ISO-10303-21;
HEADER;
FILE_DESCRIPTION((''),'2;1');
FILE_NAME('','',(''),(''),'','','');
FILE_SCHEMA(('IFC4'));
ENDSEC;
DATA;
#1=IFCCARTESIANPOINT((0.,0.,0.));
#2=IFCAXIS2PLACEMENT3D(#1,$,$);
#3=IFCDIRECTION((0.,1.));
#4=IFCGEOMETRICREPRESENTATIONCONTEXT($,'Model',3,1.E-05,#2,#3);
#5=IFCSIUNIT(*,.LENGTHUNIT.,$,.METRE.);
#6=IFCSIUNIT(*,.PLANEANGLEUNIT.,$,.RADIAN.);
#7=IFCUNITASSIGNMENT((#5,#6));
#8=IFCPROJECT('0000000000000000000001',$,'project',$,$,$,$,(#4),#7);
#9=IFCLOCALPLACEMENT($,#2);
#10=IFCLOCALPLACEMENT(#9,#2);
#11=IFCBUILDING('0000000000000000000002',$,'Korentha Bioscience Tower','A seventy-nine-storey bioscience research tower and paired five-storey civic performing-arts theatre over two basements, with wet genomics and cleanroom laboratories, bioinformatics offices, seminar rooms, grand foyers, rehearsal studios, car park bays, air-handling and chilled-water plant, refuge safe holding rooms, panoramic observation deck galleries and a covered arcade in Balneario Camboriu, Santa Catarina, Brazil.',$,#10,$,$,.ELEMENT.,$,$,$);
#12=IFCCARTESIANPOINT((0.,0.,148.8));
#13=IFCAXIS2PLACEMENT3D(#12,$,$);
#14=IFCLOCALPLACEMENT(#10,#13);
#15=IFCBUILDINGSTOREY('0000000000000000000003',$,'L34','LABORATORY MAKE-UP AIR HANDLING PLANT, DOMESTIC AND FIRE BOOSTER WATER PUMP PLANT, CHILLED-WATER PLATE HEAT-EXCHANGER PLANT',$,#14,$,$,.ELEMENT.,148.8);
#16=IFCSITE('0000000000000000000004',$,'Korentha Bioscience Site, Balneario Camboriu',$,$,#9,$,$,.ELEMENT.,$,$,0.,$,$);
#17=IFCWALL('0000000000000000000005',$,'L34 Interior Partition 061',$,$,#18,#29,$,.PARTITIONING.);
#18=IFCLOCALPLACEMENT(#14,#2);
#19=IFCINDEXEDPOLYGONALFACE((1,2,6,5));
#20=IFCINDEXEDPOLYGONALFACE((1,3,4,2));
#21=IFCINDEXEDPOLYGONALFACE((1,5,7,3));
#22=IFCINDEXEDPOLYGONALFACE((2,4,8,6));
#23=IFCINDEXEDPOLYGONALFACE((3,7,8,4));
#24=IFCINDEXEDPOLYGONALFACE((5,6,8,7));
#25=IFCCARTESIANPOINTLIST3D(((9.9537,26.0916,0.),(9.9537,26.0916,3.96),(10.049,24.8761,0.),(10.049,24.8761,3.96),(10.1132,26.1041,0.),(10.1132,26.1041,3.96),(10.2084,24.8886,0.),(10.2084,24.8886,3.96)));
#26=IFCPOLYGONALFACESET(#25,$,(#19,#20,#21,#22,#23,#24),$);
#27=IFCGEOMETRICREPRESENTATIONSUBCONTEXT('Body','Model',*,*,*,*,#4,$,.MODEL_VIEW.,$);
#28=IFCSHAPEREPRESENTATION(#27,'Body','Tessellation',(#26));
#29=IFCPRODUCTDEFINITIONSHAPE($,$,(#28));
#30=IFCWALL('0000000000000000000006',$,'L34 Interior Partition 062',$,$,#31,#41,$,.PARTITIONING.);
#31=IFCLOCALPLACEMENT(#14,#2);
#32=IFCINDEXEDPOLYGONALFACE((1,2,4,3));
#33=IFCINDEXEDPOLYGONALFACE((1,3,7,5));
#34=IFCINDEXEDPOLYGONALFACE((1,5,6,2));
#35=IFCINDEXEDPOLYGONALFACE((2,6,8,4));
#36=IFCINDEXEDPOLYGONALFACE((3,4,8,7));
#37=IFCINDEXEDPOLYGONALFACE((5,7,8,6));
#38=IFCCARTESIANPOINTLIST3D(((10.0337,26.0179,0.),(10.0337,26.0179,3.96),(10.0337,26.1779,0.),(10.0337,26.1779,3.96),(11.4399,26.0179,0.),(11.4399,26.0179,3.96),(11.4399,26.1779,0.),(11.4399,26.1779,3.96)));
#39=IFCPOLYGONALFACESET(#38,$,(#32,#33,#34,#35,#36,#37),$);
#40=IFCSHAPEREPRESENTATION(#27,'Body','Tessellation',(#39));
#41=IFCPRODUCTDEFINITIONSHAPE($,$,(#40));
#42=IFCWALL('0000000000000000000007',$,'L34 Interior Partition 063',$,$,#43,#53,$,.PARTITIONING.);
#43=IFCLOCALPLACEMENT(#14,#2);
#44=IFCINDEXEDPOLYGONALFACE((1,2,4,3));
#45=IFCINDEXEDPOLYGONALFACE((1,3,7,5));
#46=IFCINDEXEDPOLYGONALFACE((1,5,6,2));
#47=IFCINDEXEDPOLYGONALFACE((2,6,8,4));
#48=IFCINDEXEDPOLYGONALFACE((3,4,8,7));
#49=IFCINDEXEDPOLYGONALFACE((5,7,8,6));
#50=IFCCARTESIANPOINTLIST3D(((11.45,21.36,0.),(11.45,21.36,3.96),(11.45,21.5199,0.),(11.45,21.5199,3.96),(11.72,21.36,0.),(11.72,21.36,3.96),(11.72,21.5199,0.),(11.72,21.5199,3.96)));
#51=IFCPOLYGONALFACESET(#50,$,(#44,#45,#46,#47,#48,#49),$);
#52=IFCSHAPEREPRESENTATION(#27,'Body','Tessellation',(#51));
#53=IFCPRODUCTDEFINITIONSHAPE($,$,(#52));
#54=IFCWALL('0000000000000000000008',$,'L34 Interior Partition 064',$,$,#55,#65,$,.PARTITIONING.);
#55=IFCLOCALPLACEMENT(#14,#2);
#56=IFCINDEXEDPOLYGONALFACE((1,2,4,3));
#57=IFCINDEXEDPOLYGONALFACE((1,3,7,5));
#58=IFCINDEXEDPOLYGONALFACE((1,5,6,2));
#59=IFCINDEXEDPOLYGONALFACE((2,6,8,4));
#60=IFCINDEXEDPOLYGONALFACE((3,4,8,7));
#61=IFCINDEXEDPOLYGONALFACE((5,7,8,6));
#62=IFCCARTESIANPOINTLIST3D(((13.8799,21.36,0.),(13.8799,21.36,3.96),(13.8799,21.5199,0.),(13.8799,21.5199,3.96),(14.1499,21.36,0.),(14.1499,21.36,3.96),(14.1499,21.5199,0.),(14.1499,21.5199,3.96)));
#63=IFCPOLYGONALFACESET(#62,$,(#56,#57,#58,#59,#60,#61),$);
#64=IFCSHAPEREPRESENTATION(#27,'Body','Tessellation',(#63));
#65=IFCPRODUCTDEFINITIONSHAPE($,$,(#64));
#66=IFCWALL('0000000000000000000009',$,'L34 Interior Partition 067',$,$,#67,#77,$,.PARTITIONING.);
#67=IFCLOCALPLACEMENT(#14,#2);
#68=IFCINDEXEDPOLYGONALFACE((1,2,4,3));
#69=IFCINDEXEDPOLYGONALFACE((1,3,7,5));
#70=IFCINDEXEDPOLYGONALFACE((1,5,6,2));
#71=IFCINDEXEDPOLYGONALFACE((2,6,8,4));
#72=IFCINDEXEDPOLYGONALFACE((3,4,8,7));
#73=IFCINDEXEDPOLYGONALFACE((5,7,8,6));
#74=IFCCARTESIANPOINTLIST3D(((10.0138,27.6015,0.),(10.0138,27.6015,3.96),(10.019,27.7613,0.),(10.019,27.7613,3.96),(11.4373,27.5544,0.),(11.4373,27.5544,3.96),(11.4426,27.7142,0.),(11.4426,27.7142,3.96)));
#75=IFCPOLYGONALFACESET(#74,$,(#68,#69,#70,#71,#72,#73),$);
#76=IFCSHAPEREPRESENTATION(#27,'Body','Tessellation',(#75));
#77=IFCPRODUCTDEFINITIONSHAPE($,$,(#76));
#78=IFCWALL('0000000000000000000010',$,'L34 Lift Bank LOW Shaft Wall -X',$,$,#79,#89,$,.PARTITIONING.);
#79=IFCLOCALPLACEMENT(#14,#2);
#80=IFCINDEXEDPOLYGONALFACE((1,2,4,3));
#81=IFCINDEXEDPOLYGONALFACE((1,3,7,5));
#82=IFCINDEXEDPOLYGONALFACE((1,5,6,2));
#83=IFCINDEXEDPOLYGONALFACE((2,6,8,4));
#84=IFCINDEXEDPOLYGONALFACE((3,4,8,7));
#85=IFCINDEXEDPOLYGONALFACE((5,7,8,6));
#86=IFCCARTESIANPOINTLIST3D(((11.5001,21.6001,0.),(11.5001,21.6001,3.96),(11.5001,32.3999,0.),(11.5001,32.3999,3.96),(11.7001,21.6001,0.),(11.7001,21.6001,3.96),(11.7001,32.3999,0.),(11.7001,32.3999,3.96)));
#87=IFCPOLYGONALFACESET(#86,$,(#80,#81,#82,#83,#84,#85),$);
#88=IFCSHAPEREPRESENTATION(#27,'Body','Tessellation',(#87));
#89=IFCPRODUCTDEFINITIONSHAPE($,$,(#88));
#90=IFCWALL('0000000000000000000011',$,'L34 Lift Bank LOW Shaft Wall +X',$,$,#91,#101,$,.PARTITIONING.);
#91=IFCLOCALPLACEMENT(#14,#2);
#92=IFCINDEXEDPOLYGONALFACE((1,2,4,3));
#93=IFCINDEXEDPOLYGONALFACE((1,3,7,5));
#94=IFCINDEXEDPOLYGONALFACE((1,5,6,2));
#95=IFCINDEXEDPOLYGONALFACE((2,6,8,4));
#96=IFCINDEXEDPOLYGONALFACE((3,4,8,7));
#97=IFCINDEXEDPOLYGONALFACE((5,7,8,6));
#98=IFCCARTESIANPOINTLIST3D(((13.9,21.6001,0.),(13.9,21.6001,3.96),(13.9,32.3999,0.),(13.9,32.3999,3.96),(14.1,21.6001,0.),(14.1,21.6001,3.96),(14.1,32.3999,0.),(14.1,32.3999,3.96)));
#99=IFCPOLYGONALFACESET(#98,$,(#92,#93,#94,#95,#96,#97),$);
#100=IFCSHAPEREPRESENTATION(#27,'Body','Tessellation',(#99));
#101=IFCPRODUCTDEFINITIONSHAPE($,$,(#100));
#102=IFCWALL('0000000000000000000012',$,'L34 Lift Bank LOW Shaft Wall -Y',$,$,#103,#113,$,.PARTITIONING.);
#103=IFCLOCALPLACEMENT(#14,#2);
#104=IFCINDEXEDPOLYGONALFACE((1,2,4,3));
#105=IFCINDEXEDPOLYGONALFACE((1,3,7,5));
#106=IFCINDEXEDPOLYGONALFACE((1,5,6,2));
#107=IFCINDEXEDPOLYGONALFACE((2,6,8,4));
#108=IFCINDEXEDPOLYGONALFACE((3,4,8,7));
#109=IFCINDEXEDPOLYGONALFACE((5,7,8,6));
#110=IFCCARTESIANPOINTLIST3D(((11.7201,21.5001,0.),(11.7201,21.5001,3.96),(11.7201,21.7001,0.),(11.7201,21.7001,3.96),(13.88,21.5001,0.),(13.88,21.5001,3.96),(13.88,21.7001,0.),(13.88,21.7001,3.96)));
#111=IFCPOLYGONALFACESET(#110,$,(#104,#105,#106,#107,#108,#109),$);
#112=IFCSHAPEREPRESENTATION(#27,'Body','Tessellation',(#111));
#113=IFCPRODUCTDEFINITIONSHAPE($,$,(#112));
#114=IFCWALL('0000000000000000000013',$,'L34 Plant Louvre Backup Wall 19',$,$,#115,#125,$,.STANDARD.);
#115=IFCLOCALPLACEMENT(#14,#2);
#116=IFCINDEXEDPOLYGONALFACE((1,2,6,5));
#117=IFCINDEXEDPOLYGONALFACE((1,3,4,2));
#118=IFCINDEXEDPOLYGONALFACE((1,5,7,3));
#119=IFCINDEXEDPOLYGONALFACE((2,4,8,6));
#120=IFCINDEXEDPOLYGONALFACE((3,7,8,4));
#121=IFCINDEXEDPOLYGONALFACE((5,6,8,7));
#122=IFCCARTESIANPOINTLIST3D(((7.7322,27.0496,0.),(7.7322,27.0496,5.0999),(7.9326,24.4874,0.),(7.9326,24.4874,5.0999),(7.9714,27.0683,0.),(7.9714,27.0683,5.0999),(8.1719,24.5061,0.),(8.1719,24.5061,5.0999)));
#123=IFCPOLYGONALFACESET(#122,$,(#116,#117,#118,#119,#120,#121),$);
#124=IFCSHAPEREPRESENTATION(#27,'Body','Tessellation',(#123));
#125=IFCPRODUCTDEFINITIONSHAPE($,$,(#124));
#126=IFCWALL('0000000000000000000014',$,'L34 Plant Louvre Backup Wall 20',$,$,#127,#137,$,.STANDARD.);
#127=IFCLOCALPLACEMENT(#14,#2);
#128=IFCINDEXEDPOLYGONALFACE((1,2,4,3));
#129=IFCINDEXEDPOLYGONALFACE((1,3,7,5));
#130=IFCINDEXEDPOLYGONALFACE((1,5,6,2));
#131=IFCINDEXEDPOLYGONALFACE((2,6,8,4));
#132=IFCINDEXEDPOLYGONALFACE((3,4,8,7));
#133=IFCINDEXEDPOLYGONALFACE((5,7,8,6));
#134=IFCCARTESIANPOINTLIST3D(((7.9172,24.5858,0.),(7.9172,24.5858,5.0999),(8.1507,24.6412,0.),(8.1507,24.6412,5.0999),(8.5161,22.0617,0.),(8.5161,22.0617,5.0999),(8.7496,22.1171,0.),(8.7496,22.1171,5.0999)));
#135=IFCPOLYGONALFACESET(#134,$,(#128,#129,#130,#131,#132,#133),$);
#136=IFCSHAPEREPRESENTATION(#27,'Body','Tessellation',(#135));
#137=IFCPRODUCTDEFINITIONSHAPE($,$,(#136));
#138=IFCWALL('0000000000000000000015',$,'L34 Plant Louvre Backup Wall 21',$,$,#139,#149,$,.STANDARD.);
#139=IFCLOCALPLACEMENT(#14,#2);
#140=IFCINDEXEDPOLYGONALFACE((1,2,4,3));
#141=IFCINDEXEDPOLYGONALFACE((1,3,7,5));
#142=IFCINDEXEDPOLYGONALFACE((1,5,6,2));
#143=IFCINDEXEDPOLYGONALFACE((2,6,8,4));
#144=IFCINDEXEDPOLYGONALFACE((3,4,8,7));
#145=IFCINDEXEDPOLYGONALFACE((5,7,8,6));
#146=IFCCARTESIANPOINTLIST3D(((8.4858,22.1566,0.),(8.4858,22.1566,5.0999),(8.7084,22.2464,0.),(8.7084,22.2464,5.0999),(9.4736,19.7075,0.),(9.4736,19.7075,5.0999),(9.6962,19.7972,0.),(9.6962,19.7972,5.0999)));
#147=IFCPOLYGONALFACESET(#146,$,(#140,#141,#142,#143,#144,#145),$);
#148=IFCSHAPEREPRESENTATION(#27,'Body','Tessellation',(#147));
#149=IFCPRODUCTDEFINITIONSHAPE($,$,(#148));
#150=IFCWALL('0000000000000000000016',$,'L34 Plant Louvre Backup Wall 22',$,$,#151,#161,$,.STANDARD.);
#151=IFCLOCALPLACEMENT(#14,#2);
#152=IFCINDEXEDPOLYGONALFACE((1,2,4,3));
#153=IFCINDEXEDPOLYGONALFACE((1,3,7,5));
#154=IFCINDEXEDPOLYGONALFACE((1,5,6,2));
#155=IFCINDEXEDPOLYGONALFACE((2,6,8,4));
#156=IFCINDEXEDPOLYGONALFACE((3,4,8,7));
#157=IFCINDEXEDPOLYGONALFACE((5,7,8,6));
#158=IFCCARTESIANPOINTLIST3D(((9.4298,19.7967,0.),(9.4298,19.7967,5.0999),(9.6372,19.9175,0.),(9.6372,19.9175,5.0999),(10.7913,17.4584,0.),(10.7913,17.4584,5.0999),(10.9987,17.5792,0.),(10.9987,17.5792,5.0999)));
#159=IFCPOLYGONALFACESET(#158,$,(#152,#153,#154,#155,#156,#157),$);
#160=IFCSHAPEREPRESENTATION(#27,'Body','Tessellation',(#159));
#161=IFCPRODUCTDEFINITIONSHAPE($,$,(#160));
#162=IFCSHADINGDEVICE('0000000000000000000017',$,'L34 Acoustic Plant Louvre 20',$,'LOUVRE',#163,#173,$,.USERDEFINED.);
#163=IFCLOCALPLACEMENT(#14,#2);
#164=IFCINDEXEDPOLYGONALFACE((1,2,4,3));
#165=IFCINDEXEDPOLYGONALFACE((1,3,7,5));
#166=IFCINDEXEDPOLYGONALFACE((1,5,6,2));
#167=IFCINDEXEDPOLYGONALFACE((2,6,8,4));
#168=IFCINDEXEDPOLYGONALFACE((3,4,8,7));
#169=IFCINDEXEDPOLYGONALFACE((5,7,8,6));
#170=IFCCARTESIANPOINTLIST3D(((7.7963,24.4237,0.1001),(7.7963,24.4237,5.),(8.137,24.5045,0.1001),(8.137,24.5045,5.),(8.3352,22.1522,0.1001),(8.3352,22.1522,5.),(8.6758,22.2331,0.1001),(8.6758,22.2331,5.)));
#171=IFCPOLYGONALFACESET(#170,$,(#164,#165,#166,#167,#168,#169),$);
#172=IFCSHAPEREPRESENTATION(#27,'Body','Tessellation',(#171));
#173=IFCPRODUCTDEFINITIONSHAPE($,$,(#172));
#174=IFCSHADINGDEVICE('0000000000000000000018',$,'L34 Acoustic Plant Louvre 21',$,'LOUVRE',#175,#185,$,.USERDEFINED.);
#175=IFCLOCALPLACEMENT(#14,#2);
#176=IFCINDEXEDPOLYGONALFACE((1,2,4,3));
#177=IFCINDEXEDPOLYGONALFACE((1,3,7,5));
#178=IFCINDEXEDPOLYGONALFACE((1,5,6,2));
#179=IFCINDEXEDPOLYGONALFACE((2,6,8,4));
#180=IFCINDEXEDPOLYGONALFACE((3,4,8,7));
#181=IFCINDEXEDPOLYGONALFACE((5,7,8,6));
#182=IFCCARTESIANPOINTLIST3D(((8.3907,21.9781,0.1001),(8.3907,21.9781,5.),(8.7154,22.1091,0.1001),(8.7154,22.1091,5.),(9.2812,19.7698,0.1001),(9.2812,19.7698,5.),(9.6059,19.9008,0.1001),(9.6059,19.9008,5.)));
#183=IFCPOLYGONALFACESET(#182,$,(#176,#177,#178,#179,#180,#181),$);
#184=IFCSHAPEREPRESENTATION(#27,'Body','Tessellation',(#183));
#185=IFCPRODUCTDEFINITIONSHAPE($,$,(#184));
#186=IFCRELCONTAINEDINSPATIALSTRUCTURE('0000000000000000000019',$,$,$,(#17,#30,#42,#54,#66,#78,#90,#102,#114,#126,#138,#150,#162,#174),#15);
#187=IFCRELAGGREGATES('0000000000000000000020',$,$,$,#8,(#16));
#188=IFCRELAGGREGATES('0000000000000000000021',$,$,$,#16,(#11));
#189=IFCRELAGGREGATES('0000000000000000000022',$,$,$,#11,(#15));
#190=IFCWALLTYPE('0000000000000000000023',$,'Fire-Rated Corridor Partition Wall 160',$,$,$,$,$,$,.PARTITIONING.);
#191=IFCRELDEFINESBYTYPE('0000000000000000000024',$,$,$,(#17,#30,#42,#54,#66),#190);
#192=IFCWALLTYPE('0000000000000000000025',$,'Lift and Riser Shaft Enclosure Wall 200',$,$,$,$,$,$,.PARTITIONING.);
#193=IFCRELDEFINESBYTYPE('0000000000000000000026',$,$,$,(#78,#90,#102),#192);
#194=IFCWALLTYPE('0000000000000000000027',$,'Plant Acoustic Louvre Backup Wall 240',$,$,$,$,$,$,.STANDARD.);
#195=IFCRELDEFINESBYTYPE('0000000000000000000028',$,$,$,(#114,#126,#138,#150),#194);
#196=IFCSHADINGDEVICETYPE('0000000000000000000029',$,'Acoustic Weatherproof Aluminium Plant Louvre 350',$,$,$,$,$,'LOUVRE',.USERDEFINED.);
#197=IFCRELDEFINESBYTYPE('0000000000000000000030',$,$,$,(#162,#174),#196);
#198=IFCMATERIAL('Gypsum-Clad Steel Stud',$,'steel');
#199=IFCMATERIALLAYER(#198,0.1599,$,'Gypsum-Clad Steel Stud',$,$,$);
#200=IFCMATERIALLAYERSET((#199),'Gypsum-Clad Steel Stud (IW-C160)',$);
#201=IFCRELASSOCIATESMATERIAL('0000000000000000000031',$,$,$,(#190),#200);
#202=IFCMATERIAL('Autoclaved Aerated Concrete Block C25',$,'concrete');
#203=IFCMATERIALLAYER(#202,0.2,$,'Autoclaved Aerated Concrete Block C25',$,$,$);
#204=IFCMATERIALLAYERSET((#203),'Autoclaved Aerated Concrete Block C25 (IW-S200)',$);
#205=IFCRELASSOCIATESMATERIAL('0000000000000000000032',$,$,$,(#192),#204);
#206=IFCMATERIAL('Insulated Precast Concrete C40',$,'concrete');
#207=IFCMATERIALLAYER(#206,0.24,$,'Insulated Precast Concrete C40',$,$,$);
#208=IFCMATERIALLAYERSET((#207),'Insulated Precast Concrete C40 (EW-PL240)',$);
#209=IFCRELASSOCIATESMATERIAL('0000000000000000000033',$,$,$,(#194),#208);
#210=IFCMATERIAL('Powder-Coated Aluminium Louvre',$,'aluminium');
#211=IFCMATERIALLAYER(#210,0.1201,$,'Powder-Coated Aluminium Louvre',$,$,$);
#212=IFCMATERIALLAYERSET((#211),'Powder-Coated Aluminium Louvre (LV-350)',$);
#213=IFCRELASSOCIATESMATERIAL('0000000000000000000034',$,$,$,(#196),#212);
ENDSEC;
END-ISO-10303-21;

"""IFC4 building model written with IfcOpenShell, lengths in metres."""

from ifc_helpers import new_model, si_unit, direction, frame, frame_2d, origin, origin_2d, place, context, subcontext, project, spatial, rectangle, extrude, material, layer, layer_set, type_object, element, save


model = new_model("IFC4")

# Units and contexts
model_context = context("Model", 3, precision=1e-05, world=origin(), true_north=direction((0.0, 1.0)))
body_context = subcontext(model_context, "Body", "Model", "MODEL_VIEW")
ifc_project = project(units=[si_unit("LENGTHUNIT", "METRE"), si_unit("PLANEANGLEUNIT", "RADIAN")], contexts=[model_context])

# Site, building, storey
site_placement = place(None, origin())
site = spatial("IfcSite", under=ifc_project, at=site_placement, Name="Korentha Bioscience Site, Balneario Camboriu", CompositionType="ELEMENT", RefElevation=0.0)
building_placement = place(site_placement, origin())
building = spatial("IfcBuilding", under=site, at=building_placement, Name="Korentha Bioscience Tower", Description="A seventy-nine-storey bioscience research tower and paired five-storey civic performing-arts theatre over two basements, with wet genomics and cleanroom laboratories, bioinformatics offices, seminar rooms, grand foyers, rehearsal studios, car park bays, air-handling and chilled-water plant, refuge safe holding rooms, panoramic observation deck galleries and a covered arcade in Balneario Camboriu, Santa Catarina, Brazil.", CompositionType="ELEMENT")
storey_placement = place(building_placement, frame((0.0, 0.0, 148.8)))
storey = spatial("IfcBuildingStorey", under=building, at=storey_placement, Name="L34", Description="LABORATORY MAKE-UP AIR HANDLING PLANT, DOMESTIC AND FIRE BOOSTER WATER PUMP PLANT, CHILLED-WATER PLATE HEAT-EXCHANGER PLANT", CompositionType="ELEMENT", Elevation=148.8)

# Walls
ifc_material_1 = material(Name="Gypsum-Clad Steel Stud", Category="steel")
ifc_layer_1 = layer(ifc_material_1, 0.1599, Name="Gypsum-Clad Steel Stud")
ifc_layer_set_1 = layer_set([ifc_layer_1], Name="Gypsum-Clad Steel Stud (IW-C160)")
wall_type_1 = type_object("IfcWallType", Name="Fire-Rated Corridor Partition Wall 160", PredefinedType="PARTITIONING", material=ifc_layer_set_1)
wall_1_placement = place(storey_placement, frame((10.1287, 24.8823, 0.0), z_axis=(0.0, 0.0, 1.0), x_axis=(-0.07809, 0.996946, 0.0)))
element("IfcWall", 1, at=wall_1_placement, inside=storey, type_object=wall_type_1, Name="L34 Interior Partition 061", PredefinedType="PARTITIONING", context=body_context, shape_type="SweptSolid", body=[
    extrude(rectangle(XDim=1.2192, YDim=0.1599, at=frame_2d((0.6096, 0.0))), origin(), (0.0, 0.0, 1.0), 3.96),
])
wall_2_placement = place(storey_placement, frame((10.0337, 26.0979, 0.0), z_axis=(0.0, 0.0, 1.0), x_axis=(1.0, 0.0, 0.0)))
element("IfcWall", 2, at=wall_2_placement, inside=storey, type_object=wall_type_1, Name="L34 Interior Partition 062", PredefinedType="PARTITIONING", context=body_context, shape_type="SweptSolid", body=[
    extrude(rectangle(XDim=1.4062, YDim=0.1599, at=frame_2d((0.7031, 0.0))), origin(), (0.0, 0.0, 1.0), 3.96),
])
for number, where, z_axis, x_axis, name in (
    (3, (11.45, 21.4399, 0.0), (0.0, 0.0, 1.0), (1.0, 0.0, 0.0), "L34 Interior Partition 063"),
    (4, (13.8799, 21.4399, 0.0), (0.0, 0.0, 1.0), (1.0, 0.0, 0.0), "L34 Interior Partition 064"),
):
    element("IfcWall", number, at=place(storey_placement, frame(where, z_axis=z_axis, x_axis=x_axis)), inside=storey, type_object=wall_type_1, Name=name, PredefinedType="PARTITIONING", context=body_context, shape_type="SweptSolid", body=[
        extrude(rectangle(XDim=0.27, YDim=0.1599, at=frame_2d((0.135, 0.0))), origin(), (0.0, 0.0, 1.0), 3.96),
    ])
wall_3_placement = place(storey_placement, frame((11.4399, 27.6343, 0.0), z_axis=(0.0, 0.0, 1.0), x_axis=(-0.999453, 0.033081, 0.0)))
element("IfcWall", 5, at=wall_3_placement, inside=storey, type_object=wall_type_1, Name="L34 Interior Partition 067", PredefinedType="PARTITIONING", context=body_context, shape_type="SweptSolid", body=[
    extrude(rectangle(XDim=1.4243, YDim=0.1599, at=frame_2d((0.7122, 0.0))), origin(), (0.0, 0.0, 1.0), 3.96),
])
ifc_material_2 = material(Name="Autoclaved Aerated Concrete Block C25", Category="concrete")
ifc_layer_2 = layer(ifc_material_2, 0.2, Name="Autoclaved Aerated Concrete Block C25")
ifc_layer_set_2 = layer_set([ifc_layer_2], Name="Autoclaved Aerated Concrete Block C25 (IW-S200)")
wall_type_2 = type_object("IfcWallType", Name="Lift and Riser Shaft Enclosure Wall 200", PredefinedType="PARTITIONING", material=ifc_layer_set_2)
for number, where, z_axis, x_axis, name in (
    (6, (11.6001, 21.6001, 0.0), (0.0, 0.0, 1.0), (0.0, 1.0, 0.0), "L34 Lift Bank LOW Shaft Wall -X"),
    (7, (14.0, 21.6001, 0.0), (0.0, 0.0, 1.0), (0.0, 1.0, 0.0), "L34 Lift Bank LOW Shaft Wall +X"),
):
    element("IfcWall", number, at=place(storey_placement, frame(where, z_axis=z_axis, x_axis=x_axis)), inside=storey, type_object=wall_type_2, Name=name, PredefinedType="PARTITIONING", context=body_context, shape_type="SweptSolid", body=[
        extrude(rectangle(XDim=10.7998, YDim=0.2, at=frame_2d((5.3999, 0.0))), origin(), (0.0, 0.0, 1.0), 3.96),
    ])
wall_4_placement = place(storey_placement, frame((11.72, 21.6001, 0.0), z_axis=(0.0, 0.0, 1.0), x_axis=(1.0, 0.0, 0.0)))
element("IfcWall", 8, at=wall_4_placement, inside=storey, type_object=wall_type_2, Name="L34 Lift Bank LOW Shaft Wall -Y", PredefinedType="PARTITIONING", context=body_context, shape_type="SweptSolid", body=[
    extrude(rectangle(XDim=2.1599, YDim=0.2, at=frame_2d((1.0801, 0.0))), origin(), (0.0, 0.0, 1.0), 3.96),
])
ifc_material_3 = material(Name="Insulated Precast Concrete C40", Category="concrete")
ifc_layer_3 = layer(ifc_material_3, 0.24, Name="Insulated Precast Concrete C40")
ifc_layer_set_3 = layer_set([ifc_layer_3], Name="Insulated Precast Concrete C40 (EW-PL240)")
wall_type_3 = type_object("IfcWallType", Name="Plant Acoustic Louvre Backup Wall 240", PredefinedType="STANDARD", material=ifc_layer_set_3)
wall_5_placement = place(storey_placement, frame((7.8518, 27.0591, 0.0), z_axis=(0.0, 0.0, 1.0), x_axis=(0.077989, -0.996954, 0.0)))
element("IfcWall", 9, at=wall_5_placement, inside=storey, type_object=wall_type_3, Name="L34 Plant Louvre Backup Wall 19", PredefinedType="STANDARD", context=body_context, shape_type="SweptSolid", body=[
    extrude(rectangle(XDim=2.5701, YDim=0.24, at=frame_2d((1.2852, 0.0))), origin(), (0.0, 0.0, 1.0), 5.0999),
])
wall_6_placement = place(storey_placement, frame((8.0339, 24.6135, 0.0), z_axis=(0.0, 0.0, 1.0), x_axis=(0.230849, -0.97299, 0.0)))
element("IfcWall", 10, at=wall_6_placement, inside=storey, type_object=wall_type_3, Name="L34 Plant Louvre Backup Wall 20", PredefinedType="STANDARD", context=body_context, shape_type="SweptSolid", body=[
    extrude(rectangle(XDim=2.5942, YDim=0.24, at=frame_2d((1.2971, 0.0))), origin(), (0.0, 0.0, 1.0), 5.0999),
])
wall_7_placement = place(storey_placement, frame((8.5972, 22.2014, 0.0), z_axis=(0.0, 0.0, 1.0), x_axis=(0.374035, -0.927415, 0.0)))
element("IfcWall", 11, at=wall_7_placement, inside=storey, type_object=wall_type_3, Name="L34 Plant Louvre Backup Wall 21", PredefinedType="STANDARD", context=body_context, shape_type="SweptSolid", body=[
    extrude(rectangle(XDim=2.6409, YDim=0.24, at=frame_2d((1.3203, 0.0))), origin(), (0.0, 0.0, 1.0), 5.0999),
])
wall_8_placement = place(storey_placement, frame((9.5334, 19.8572, 0.0), z_axis=(0.0, 0.0, 1.0), x_axis=(0.503186, -0.864178, 0.0)))
element("IfcWall", 12, at=wall_8_placement, inside=storey, type_object=wall_type_3, Name="L34 Plant Louvre Backup Wall 22", PredefinedType="STANDARD", context=body_context, shape_type="SweptSolid", body=[
    extrude(rectangle(XDim=2.7058, YDim=0.24, at=frame_2d((1.353, 0.0))), origin(), (0.0, 0.0, 1.0), 5.0999),
])

# Shading devices
ifc_material_4 = material(Name="Powder-Coated Aluminium Louvre", Category="aluminium")
ifc_layer_4 = layer(ifc_material_4, 0.1201, Name="Powder-Coated Aluminium Louvre")
ifc_layer_set_4 = layer_set([ifc_layer_4], Name="Powder-Coated Aluminium Louvre (LV-350)")
shading_device_type = type_object("IfcShadingDeviceType", Name="Acoustic Weatherproof Aluminium Plant Louvre 350", ElementType="LOUVRE", PredefinedType="USERDEFINED", material=ifc_layer_set_4)
shading_device_1_placement = place(storey_placement, frame((8.2361, 23.3284, 0.1001), z_axis=(0.0, 0.0, 1.0), x_axis=(0.230831, -0.972994, 0.0)))
element("IfcShadingDevice", 13, at=shading_device_1_placement, inside=storey, type_object=shading_device_type, Name="L34 Acoustic Plant Louvre 20", ObjectType="LOUVRE", PredefinedType="USERDEFINED", context=body_context, shape_type="SweptSolid", body=[
    extrude(rectangle(XDim=2.3345, YDim=0.3501, at=origin_2d()), origin(), (0.0, 0.0, 1.0), 4.8999),
])
shading_device_2_placement = place(storey_placement, frame((8.9983, 20.9395, 0.1001), z_axis=(0.0, 0.0, 1.0), x_axis=(0.373988, -0.927434, 0.0)))
element("IfcShadingDevice", 14, at=shading_device_2_placement, inside=storey, type_object=shading_device_type, Name="L34 Acoustic Plant Louvre 21", ObjectType="LOUVRE", PredefinedType="USERDEFINED", context=body_context, shape_type="SweptSolid", body=[
    extrude(rectangle(XDim=2.3811, YDim=0.3501, at=origin_2d()), origin(), (0.0, 0.0, 1.0), 4.8999),
])

save(model, "model.ifc")
